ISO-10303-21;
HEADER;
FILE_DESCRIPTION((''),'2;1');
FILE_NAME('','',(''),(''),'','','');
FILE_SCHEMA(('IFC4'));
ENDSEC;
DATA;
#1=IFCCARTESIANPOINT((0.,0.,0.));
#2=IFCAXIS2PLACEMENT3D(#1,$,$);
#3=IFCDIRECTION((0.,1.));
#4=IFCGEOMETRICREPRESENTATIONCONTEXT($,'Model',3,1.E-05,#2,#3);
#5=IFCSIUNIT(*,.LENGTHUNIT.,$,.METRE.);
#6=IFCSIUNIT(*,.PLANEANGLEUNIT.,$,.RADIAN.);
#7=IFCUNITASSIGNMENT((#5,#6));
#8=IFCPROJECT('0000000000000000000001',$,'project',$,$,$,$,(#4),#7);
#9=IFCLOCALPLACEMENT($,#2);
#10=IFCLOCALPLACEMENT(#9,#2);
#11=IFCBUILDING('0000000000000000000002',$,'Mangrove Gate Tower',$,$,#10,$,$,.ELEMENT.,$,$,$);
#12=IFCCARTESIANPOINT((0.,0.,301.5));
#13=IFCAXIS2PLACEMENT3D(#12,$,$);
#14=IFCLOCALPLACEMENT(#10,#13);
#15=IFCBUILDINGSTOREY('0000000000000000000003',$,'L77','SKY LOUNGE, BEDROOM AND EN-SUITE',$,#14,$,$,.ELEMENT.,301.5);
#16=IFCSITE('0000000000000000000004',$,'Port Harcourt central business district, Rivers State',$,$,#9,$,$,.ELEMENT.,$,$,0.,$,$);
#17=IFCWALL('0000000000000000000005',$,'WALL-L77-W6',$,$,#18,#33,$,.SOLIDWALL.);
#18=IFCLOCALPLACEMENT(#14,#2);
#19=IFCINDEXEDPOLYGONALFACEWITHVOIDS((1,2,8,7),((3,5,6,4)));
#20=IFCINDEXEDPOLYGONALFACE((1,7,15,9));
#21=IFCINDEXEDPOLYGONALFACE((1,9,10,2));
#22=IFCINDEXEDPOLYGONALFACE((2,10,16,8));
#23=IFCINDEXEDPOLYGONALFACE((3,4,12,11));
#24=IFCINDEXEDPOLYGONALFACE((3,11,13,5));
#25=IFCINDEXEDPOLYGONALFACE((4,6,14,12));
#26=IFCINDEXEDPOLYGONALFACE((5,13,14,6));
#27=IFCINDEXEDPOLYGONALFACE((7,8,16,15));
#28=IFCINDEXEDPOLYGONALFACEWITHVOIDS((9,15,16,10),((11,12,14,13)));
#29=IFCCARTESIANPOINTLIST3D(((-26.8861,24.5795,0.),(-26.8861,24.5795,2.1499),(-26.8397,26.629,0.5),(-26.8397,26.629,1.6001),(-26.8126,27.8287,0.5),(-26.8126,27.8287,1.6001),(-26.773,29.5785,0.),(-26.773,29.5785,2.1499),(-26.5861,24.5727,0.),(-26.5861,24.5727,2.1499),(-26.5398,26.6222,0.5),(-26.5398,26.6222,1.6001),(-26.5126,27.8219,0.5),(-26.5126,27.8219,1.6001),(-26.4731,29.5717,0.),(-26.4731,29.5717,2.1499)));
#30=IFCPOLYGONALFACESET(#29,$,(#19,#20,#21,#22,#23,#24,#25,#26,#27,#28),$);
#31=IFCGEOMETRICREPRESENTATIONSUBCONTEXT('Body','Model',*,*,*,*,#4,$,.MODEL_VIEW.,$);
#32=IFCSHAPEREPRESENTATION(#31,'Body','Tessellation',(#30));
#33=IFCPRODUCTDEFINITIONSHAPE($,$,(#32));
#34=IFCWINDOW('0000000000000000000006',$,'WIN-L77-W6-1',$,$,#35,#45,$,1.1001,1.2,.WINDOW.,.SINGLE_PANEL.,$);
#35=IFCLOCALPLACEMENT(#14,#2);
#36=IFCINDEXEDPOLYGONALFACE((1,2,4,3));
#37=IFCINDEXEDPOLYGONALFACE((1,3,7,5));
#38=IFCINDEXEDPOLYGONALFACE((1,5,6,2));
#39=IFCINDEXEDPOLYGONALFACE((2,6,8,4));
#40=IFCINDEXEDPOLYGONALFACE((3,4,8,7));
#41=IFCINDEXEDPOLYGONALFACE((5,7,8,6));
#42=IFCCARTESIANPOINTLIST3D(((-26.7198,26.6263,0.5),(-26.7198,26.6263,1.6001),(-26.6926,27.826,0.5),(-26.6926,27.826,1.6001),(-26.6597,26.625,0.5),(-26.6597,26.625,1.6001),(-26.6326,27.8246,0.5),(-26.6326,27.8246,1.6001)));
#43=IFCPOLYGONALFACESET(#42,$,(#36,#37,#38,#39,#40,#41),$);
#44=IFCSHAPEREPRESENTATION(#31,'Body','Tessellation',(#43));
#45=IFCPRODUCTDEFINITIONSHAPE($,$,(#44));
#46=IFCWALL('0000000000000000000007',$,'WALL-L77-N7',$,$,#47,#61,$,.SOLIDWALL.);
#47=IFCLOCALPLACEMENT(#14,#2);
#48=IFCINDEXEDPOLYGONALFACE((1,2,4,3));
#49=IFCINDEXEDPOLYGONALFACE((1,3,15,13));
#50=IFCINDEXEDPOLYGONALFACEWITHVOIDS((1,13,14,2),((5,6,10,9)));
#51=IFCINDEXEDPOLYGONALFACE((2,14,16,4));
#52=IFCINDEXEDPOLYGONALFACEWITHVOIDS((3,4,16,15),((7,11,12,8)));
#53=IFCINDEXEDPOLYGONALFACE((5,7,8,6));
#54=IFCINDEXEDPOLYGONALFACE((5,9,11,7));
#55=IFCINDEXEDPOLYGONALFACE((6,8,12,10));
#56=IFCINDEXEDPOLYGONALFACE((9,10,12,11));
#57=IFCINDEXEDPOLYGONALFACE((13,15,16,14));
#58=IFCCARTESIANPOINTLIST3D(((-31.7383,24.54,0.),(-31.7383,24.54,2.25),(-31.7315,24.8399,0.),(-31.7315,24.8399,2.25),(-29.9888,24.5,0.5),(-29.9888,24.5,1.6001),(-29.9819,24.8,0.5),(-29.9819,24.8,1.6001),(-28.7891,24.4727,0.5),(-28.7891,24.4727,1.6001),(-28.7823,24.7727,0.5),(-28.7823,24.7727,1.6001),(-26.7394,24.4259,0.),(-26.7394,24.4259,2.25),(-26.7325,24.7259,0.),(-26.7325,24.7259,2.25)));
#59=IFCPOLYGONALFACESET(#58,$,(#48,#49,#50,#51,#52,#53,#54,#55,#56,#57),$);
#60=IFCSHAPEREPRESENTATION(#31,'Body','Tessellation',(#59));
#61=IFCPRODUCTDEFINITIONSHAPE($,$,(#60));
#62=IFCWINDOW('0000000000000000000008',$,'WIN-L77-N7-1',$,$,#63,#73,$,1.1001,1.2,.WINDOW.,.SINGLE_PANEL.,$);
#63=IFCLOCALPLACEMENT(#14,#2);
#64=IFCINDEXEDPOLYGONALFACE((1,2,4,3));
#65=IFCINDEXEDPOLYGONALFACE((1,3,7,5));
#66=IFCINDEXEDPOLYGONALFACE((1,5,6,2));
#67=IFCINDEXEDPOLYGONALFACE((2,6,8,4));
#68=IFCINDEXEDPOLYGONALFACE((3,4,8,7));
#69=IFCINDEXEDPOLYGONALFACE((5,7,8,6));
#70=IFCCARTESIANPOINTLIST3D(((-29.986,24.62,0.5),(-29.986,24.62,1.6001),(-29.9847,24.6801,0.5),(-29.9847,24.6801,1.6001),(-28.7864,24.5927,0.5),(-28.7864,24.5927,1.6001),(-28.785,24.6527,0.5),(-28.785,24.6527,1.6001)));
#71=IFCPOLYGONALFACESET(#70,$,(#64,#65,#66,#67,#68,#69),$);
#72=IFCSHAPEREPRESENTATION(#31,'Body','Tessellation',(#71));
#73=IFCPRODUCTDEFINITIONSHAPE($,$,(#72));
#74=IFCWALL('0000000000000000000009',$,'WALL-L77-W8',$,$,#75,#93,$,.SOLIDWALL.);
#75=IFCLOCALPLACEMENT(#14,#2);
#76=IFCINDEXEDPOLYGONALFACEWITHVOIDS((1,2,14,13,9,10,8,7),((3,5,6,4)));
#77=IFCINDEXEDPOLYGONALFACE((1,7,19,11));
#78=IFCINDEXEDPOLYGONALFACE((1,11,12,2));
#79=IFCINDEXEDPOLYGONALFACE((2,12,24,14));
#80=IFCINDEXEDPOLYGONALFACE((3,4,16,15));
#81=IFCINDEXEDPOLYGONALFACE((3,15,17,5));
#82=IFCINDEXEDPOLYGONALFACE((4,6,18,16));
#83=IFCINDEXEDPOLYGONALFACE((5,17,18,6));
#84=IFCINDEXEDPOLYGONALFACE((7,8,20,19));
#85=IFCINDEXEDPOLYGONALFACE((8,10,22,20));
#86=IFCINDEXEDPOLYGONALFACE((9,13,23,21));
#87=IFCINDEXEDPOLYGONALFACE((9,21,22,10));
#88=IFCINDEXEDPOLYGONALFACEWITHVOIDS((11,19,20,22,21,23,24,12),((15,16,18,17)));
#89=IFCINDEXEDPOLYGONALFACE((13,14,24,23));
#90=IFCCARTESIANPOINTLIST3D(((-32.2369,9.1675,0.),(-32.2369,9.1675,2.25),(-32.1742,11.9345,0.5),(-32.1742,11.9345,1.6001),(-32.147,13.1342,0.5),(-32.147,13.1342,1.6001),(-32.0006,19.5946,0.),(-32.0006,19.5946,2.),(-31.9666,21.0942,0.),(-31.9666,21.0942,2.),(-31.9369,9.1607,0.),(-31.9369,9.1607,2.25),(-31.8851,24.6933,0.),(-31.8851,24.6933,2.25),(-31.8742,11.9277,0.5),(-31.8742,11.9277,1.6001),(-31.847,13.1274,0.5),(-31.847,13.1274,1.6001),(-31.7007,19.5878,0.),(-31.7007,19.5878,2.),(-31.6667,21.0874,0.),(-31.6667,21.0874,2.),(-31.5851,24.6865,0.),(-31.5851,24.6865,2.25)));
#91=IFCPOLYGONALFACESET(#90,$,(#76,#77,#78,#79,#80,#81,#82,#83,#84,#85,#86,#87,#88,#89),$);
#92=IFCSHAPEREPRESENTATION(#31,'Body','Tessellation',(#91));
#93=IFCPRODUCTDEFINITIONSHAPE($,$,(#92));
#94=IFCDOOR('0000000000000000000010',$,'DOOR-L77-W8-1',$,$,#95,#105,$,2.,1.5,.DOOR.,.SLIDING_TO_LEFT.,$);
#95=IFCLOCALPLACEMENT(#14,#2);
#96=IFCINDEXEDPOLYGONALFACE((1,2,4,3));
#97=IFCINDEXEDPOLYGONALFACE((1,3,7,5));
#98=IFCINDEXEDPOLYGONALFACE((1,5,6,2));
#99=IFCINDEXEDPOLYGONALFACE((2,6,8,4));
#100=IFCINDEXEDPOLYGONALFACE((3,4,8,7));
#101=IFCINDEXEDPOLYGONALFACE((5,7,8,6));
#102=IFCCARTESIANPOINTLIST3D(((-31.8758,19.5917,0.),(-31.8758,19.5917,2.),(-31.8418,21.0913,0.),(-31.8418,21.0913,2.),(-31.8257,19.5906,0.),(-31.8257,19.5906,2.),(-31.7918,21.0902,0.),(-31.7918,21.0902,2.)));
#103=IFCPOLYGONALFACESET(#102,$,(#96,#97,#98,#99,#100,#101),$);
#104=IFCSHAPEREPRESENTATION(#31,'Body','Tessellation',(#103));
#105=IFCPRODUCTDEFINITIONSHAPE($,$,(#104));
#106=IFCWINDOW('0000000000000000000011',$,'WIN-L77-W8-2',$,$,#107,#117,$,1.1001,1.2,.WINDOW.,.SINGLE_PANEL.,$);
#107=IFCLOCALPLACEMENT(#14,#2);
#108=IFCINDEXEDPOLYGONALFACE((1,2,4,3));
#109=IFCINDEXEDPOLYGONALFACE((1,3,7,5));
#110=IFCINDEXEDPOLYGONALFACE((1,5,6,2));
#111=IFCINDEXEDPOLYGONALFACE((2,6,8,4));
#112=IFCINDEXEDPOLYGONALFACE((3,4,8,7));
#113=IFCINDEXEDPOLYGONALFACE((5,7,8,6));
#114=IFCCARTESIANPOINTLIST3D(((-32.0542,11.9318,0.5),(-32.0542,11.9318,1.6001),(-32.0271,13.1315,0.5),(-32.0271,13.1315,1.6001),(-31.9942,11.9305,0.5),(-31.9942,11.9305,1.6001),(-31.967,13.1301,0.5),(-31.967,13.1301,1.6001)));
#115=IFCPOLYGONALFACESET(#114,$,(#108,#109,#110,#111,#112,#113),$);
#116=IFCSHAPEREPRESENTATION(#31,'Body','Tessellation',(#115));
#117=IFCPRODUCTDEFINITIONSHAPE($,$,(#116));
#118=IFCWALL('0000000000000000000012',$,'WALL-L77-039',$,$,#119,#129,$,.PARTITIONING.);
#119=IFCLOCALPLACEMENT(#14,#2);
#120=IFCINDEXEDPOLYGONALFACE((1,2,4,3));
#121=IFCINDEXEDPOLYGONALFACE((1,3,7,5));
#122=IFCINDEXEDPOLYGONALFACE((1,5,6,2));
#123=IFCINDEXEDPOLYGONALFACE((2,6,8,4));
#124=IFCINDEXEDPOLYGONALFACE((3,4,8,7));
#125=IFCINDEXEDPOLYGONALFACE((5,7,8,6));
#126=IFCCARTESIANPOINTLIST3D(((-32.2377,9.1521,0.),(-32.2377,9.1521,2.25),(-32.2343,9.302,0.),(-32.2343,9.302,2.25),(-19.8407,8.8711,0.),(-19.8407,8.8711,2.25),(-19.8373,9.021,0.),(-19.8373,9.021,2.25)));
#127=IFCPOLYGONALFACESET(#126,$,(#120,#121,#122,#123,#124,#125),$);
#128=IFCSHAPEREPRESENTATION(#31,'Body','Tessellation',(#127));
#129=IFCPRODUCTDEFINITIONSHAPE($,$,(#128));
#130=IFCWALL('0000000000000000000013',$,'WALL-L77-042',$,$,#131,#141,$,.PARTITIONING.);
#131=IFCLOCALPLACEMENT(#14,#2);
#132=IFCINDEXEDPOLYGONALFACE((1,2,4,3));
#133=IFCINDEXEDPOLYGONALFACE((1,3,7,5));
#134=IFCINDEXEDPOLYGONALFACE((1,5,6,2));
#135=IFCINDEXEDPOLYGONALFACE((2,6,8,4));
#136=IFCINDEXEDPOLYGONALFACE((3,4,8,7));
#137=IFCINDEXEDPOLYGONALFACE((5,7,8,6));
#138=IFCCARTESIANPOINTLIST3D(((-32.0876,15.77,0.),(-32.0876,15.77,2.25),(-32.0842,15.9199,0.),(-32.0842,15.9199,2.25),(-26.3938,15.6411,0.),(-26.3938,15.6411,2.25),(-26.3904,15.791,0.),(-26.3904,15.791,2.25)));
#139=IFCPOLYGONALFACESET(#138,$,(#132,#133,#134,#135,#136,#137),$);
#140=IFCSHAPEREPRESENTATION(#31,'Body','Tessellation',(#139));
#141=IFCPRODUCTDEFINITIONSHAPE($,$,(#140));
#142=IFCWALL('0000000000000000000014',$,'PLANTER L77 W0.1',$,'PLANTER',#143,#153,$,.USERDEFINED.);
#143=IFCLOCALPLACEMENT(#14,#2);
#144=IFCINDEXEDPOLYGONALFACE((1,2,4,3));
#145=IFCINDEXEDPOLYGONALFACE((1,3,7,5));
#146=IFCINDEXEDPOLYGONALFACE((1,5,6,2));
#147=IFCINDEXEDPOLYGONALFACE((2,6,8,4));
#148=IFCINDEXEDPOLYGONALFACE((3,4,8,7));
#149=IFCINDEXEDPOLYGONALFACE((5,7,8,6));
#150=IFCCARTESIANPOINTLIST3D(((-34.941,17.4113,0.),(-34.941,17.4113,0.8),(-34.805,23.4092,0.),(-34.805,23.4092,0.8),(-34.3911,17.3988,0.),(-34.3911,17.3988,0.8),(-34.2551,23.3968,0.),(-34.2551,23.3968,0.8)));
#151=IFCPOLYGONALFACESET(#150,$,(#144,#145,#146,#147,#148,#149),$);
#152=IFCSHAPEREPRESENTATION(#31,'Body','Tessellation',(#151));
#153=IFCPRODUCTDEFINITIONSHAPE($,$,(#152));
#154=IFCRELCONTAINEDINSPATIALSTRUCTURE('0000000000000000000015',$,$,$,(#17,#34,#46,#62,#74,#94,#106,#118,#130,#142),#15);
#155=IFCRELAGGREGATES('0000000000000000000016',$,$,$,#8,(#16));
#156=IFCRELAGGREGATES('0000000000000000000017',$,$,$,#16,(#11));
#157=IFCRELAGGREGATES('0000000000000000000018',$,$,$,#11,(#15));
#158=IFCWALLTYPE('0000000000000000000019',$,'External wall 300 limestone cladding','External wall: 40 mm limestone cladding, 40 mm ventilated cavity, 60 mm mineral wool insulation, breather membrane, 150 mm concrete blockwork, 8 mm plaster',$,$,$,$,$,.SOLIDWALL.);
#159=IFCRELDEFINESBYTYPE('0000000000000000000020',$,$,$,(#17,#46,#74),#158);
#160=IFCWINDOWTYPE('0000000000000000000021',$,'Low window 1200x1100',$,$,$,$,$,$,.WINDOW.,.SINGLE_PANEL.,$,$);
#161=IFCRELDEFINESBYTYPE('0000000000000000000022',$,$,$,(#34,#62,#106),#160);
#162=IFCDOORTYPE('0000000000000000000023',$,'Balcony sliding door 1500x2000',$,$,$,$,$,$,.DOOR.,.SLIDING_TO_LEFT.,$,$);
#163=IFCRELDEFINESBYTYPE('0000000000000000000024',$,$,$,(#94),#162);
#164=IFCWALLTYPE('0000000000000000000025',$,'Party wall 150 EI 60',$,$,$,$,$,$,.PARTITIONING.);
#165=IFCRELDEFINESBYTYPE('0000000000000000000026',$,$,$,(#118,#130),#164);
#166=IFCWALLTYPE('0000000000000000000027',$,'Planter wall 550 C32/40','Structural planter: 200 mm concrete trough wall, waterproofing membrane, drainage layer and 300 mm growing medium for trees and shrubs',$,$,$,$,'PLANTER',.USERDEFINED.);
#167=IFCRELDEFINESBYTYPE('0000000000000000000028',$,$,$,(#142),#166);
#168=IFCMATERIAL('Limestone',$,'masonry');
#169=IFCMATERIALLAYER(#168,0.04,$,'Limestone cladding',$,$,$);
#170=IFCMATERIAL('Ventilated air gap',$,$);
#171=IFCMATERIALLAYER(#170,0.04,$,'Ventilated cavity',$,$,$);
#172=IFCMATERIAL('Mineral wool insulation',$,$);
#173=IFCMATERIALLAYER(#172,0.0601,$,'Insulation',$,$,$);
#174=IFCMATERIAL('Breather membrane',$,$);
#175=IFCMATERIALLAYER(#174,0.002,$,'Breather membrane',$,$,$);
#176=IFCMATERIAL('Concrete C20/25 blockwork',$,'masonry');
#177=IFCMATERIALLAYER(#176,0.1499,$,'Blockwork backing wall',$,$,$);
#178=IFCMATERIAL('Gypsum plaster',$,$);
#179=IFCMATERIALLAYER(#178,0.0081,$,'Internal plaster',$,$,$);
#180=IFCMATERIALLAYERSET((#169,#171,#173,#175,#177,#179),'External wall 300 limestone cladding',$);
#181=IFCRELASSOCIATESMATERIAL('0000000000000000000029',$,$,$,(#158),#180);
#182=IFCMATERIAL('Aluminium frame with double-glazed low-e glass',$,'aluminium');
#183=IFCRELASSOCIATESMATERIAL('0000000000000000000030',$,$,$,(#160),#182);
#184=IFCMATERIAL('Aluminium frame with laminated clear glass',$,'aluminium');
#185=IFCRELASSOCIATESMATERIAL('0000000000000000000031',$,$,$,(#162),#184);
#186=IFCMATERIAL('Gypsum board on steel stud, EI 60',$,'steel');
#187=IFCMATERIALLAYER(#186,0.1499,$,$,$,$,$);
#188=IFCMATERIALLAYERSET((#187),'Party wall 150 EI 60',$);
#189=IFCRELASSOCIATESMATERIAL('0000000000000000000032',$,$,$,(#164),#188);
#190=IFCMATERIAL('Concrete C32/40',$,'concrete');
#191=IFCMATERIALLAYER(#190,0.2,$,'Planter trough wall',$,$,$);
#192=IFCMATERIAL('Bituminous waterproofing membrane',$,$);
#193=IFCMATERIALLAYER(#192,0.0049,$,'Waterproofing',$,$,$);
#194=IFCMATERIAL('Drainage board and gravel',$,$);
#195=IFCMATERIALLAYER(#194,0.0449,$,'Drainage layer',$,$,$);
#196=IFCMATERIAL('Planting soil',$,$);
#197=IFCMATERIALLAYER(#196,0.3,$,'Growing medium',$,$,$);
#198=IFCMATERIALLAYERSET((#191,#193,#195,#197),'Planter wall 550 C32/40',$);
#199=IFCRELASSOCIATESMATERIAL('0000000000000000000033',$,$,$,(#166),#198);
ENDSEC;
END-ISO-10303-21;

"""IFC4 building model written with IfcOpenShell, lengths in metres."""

from ifc_helpers import new_model, si_unit, direction, frame, frame_2d, origin, place, context, subcontext, project, spatial, rectangle, extrude, material, layer, layer_set, type_object, element, fill, save


model = new_model("IFC4")

# Units and contexts
model_context = context("Model", 3, precision=1e-05, world=origin(), true_north=direction((0.0, 1.0)))
body_context = subcontext(model_context, "Body", "Model", "MODEL_VIEW")
ifc_project = project(units=[si_unit("LENGTHUNIT", "METRE"), si_unit("PLANEANGLEUNIT", "RADIAN")], contexts=[model_context])

# Site, building, storey
site_placement = place(None, origin())
site = spatial("IfcSite", under=ifc_project, at=site_placement, Name="Port Harcourt central business district, Rivers State", CompositionType="ELEMENT", RefElevation=0.0)
building_placement = place(site_placement, origin())
building = spatial("IfcBuilding", under=site, at=building_placement, Name="Mangrove Gate Tower", CompositionType="ELEMENT")
storey_placement = place(building_placement, frame((0.0, 0.0, 301.5)))
storey = spatial("IfcBuildingStorey", under=building, at=storey_placement, Name="L77", Description="SKY LOUNGE, BEDROOM AND EN-SUITE", CompositionType="ELEMENT", Elevation=301.5)

# Walls, openings, windows
ifc_material_1 = material(Name="Limestone", Category="masonry")
ifc_layer_1 = layer(ifc_material_1, 0.04, Name="Limestone cladding")
ifc_material_2 = material(Name="Ventilated air gap")
ifc_layer_2 = layer(ifc_material_2, 0.04, Name="Ventilated cavity")
ifc_material_3 = material(Name="Mineral wool insulation")
ifc_layer_3 = layer(ifc_material_3, 0.0601, Name="Insulation")
ifc_material_4 = material(Name="Breather membrane")
ifc_layer_4 = layer(ifc_material_4, 0.002, Name="Breather membrane")
ifc_material_5 = material(Name="Concrete C20/25 blockwork", Category="masonry")
ifc_layer_5 = layer(ifc_material_5, 0.1499, Name="Blockwork backing wall")
ifc_material_6 = material(Name="Gypsum plaster")
ifc_layer_6 = layer(ifc_material_6, 0.0081, Name="Internal plaster")
ifc_layer_set_1 = layer_set([ifc_layer_1, ifc_layer_2, ifc_layer_3, ifc_layer_4, ifc_layer_5, ifc_layer_6], Name="External wall 300 limestone cladding")
wall_type_1 = type_object("IfcWallType", Name="External wall 300 limestone cladding", Description="External wall: 40 mm limestone cladding, 40 mm ventilated cavity, 60 mm mineral wool insulation, breather membrane, 150 mm concrete blockwork, 8 mm plaster", PredefinedType="SOLIDWALL", material=ifc_layer_set_1)
wall_1_placement = place(storey_placement, frame((-26.623, 29.575, 0.0), z_axis=(0.0, 0.0, 1.0), x_axis=(-0.022606, -0.999744, 0.0)))
wall_1 = element("IfcWall", 1, at=wall_1_placement, inside=storey, type_object=wall_type_1, Name="WALL-L77-W6", PredefinedType="SOLIDWALL", context=body_context, shape_type="SweptSolid", body=[
    extrude(rectangle(XDim=5.0002, YDim=0.3, at=frame_2d((2.5, 0.0))), origin(), (0.0, 0.0, 1.0), 2.1499),
])
opening_1_placement = place(wall_1_placement, frame((1.75, 0.0, 0.5)))
opening_1 = element("IfcOpeningElement", 2, at=opening_1_placement, cuts=wall_1, PredefinedType="OPENING", context=body_context, shape_type="SweptSolid", body=[
    extrude(rectangle(XDim=1.2, YDim=1.1001, at=frame_2d((0.6001, 0.55))), frame((0.0, 0.1599, 0.0), z_axis=(0.0, -1.0, 0.0), x_axis=(1.0, 0.0, 0.0)), (0.0, 0.0, 1.0), 0.3201),
])
ifc_material_7 = material(Name="Aluminium frame with double-glazed low-e glass", Category="aluminium")
window_type = type_object("IfcWindowType", Name="Low window 1200x1100", PartitioningType="SINGLE_PANEL", PredefinedType="WINDOW", material=ifc_material_7)
window_1_placement = place(opening_1_placement, origin())
window_1 = element("IfcWindow", 3, at=window_1_placement, inside=storey, type_object=window_type, Name="WIN-L77-W6-1", OverallHeight=1.1001, OverallWidth=1.2, PartitioningType="SINGLE_PANEL", PredefinedType="WINDOW", context=body_context, shape_type="SweptSolid", body=[
    extrude(rectangle(XDim=1.2, YDim=1.1001, at=frame_2d((0.6001, 0.55))), frame((0.0, 0.03, 0.0), z_axis=(0.0, -1.0, 0.0), x_axis=(1.0, 0.0, 0.0)), (0.0, 0.0, 1.0), 0.0601),
])
fill(opening_1, window_1)
wall_2_placement = place(storey_placement, frame((-26.7361, 24.5759, 0.0), z_axis=(0.0, 0.0, 1.0), x_axis=(-0.99974, 0.022801, 0.0)))
wall_2 = element("IfcWall", 4, at=wall_2_placement, inside=storey, type_object=wall_type_1, Name="WALL-L77-N7", PredefinedType="SOLIDWALL", context=body_context, shape_type="SweptSolid", body=[
    extrude(rectangle(XDim=5.0002, YDim=0.3, at=frame_2d((2.5, 0.0))), origin(), (0.0, 0.0, 1.0), 2.25),
])
opening_2_placement = place(wall_2_placement, frame((2.05, 0.0, 0.5)))
opening_2 = element("IfcOpeningElement", 5, at=opening_2_placement, cuts=wall_2, PredefinedType="OPENING", context=body_context, shape_type="SweptSolid", body=[
    extrude(rectangle(XDim=1.2, YDim=1.1001, at=frame_2d((0.6001, 0.55))), frame((0.0, 0.1599, 0.0), z_axis=(0.0, -1.0, 0.0), x_axis=(1.0, 0.0, 0.0)), (0.0, 0.0, 1.0), 0.3201),
])
window_2_placement = place(opening_2_placement, origin())
window_2 = element("IfcWindow", 6, at=window_2_placement, inside=storey, type_object=window_type, Name="WIN-L77-N7-1", OverallHeight=1.1001, OverallWidth=1.2, PartitioningType="SINGLE_PANEL", PredefinedType="WINDOW", context=body_context, shape_type="SweptSolid", body=[
    extrude(rectangle(XDim=1.2, YDim=1.1001, at=frame_2d((0.6001, 0.55))), frame((0.0, 0.03, 0.0), z_axis=(0.0, -1.0, 0.0), x_axis=(1.0, 0.0, 0.0)), (0.0, 0.0, 1.0), 0.0601),
])
fill(opening_2, window_2)

# Wall, openings, door, window
wall_3_placement = place(storey_placement, frame((-31.7351, 24.6899, 0.0), z_axis=(0.0, 0.0, 1.0), x_axis=(-0.022654, -0.999743, 0.0)))
wall_3 = element("IfcWall", 7, at=wall_3_placement, inside=storey, type_object=wall_type_1, Name="WALL-L77-W8", PredefinedType="SOLIDWALL", context=body_context, shape_type="SweptSolid", body=[
    extrude(rectangle(XDim=15.5298, YDim=0.3, at=frame_2d((7.7649, 0.0))), origin(), (0.0, 0.0, 1.0), 2.25),
])
opening_3_placement = place(wall_3_placement, frame((3.6001, 0.0, 0.0)))
opening_3 = element("IfcOpeningElement", 8, at=opening_3_placement, cuts=wall_3, PredefinedType="OPENING", context=body_context, shape_type="SweptSolid", body=[
    extrude(rectangle(XDim=1.5, YDim=2.0, at=frame_2d((0.75, 1.0))), frame((0.0, 0.1599, 0.0), z_axis=(0.0, -1.0, 0.0), x_axis=(1.0, 0.0, 0.0)), (0.0, 0.0, 1.0), 0.3201),
])
opening_4_placement = place(wall_3_placement, frame((11.562, 0.0, 0.5)))
opening_4 = element("IfcOpeningElement", 9, at=opening_4_placement, cuts=wall_3, PredefinedType="OPENING", context=body_context, shape_type="SweptSolid", body=[
    extrude(rectangle(XDim=1.2, YDim=1.1001, at=frame_2d((0.6001, 0.55))), frame((0.0, 0.1599, 0.0), z_axis=(0.0, -1.0, 0.0), x_axis=(1.0, 0.0, 0.0)), (0.0, 0.0, 1.0), 0.3201),
])
ifc_material_8 = material(Name="Aluminium frame with laminated clear glass", Category="aluminium")
door_type = type_object("IfcDoorType", Name="Balcony sliding door 1500x2000", OperationType="SLIDING_TO_LEFT", PredefinedType="DOOR", material=ifc_material_8)
door_placement = place(opening_3_placement, origin())
door = element("IfcDoor", 10, at=door_placement, inside=storey, type_object=door_type, Name="DOOR-L77-W8-1", OperationType="SLIDING_TO_LEFT", OverallHeight=2.0, OverallWidth=1.5, PredefinedType="DOOR", context=body_context, shape_type="SweptSolid", body=[
    extrude(rectangle(XDim=1.5, YDim=2.0, at=frame_2d((0.75, 1.0))), frame((0.0, 0.0249, 0.0), z_axis=(0.0, -1.0, 0.0), x_axis=(1.0, 0.0, 0.0)), (0.0, 0.0, 1.0), 0.05),
])
fill(opening_3, door)
window_3_placement = place(opening_4_placement, origin())
window_3 = element("IfcWindow", 11, at=window_3_placement, inside=storey, type_object=window_type, Name="WIN-L77-W8-2", OverallHeight=1.1001, OverallWidth=1.2, PartitioningType="SINGLE_PANEL", PredefinedType="WINDOW", context=body_context, shape_type="SweptSolid", body=[
    extrude(rectangle(XDim=1.2, YDim=1.1001, at=frame_2d((0.6001, 0.55))), frame((0.0, 0.03, 0.0), z_axis=(0.0, -1.0, 0.0), x_axis=(1.0, 0.0, 0.0)), (0.0, 0.0, 1.0), 0.0601),
])
fill(opening_4, window_3)

# Walls
ifc_material_9 = material(Name="Gypsum board on steel stud, EI 60", Category="steel")
ifc_layer_7 = layer(ifc_material_9, 0.1499)
ifc_layer_set_2 = layer_set([ifc_layer_7], Name="Party wall 150 EI 60")
wall_type_2 = type_object("IfcWallType", Name="Party wall 150 EI 60", PredefinedType="PARTITIONING", material=ifc_layer_set_2)
wall_4_placement = place(storey_placement, frame((-32.2361, 9.2271, 0.0), z_axis=(0.0, 0.0, 1.0), x_axis=(0.999743, -0.022661, 0.0)))
element("IfcWall", 12, at=wall_4_placement, inside=storey, type_object=wall_type_2, Name="WALL-L77-039", PredefinedType="PARTITIONING", context=body_context, shape_type="SweptSolid", body=[
    extrude(rectangle(XDim=12.4001, YDim=0.1499, at=frame_2d((6.2002, 0.0))), origin(), (0.0, 0.0, 1.0), 2.25),
])
wall_5_placement = place(storey_placement, frame((-32.0859, 15.845, 0.0), z_axis=(0.0, 0.0, 1.0), x_axis=(0.999744, -0.022634, 0.0)))
element("IfcWall", 13, at=wall_5_placement, inside=storey, type_object=wall_type_2, Name="WALL-L77-042", PredefinedType="PARTITIONING", context=body_context, shape_type="SweptSolid", body=[
    extrude(rectangle(XDim=5.6953, YDim=0.1499, at=frame_2d((2.8477, 0.0))), origin(), (0.0, 0.0, 1.0), 2.25),
])
ifc_material_10 = material(Name="Concrete C32/40", Category="concrete")
ifc_layer_8 = layer(ifc_material_10, 0.2, Name="Planter trough wall")
ifc_material_11 = material(Name="Bituminous waterproofing membrane")
ifc_layer_9 = layer(ifc_material_11, 0.0049, Name="Waterproofing")
ifc_material_12 = material(Name="Drainage board and gravel")
ifc_layer_10 = layer(ifc_material_12, 0.0449, Name="Drainage layer")
ifc_material_13 = material(Name="Planting soil")
ifc_layer_11 = layer(ifc_material_13, 0.3, Name="Growing medium")
ifc_layer_set_3 = layer_set([ifc_layer_8, ifc_layer_9, ifc_layer_10, ifc_layer_11], Name="Planter wall 550 C32/40")
wall_type_3 = type_object("IfcWallType", Name="Planter wall 550 C32/40", Description="Structural planter: 200 mm concrete trough wall, waterproofing membrane, drainage layer and 300 mm growing medium for trees and shrubs", ElementType="PLANTER", PredefinedType="USERDEFINED", material=ifc_layer_set_3)
wall_6_placement = place(storey_placement, frame((-34.666, 17.405, 0.0), z_axis=(0.0, 0.0, 1.0), x_axis=(0.022666, 0.999743, 0.0)))
element("IfcWall", 14, at=wall_6_placement, inside=storey, type_object=wall_type_3, Name="PLANTER L77 W0.1", ObjectType="PLANTER", PredefinedType="USERDEFINED", context=body_context, shape_type="SweptSolid", body=[
    extrude(rectangle(XDim=5.9995, YDim=0.55, at=frame_2d((2.9998, 0.0))), origin(), (0.0, 0.0, 1.0), 0.8),
])

save(model, "model.ifc")
